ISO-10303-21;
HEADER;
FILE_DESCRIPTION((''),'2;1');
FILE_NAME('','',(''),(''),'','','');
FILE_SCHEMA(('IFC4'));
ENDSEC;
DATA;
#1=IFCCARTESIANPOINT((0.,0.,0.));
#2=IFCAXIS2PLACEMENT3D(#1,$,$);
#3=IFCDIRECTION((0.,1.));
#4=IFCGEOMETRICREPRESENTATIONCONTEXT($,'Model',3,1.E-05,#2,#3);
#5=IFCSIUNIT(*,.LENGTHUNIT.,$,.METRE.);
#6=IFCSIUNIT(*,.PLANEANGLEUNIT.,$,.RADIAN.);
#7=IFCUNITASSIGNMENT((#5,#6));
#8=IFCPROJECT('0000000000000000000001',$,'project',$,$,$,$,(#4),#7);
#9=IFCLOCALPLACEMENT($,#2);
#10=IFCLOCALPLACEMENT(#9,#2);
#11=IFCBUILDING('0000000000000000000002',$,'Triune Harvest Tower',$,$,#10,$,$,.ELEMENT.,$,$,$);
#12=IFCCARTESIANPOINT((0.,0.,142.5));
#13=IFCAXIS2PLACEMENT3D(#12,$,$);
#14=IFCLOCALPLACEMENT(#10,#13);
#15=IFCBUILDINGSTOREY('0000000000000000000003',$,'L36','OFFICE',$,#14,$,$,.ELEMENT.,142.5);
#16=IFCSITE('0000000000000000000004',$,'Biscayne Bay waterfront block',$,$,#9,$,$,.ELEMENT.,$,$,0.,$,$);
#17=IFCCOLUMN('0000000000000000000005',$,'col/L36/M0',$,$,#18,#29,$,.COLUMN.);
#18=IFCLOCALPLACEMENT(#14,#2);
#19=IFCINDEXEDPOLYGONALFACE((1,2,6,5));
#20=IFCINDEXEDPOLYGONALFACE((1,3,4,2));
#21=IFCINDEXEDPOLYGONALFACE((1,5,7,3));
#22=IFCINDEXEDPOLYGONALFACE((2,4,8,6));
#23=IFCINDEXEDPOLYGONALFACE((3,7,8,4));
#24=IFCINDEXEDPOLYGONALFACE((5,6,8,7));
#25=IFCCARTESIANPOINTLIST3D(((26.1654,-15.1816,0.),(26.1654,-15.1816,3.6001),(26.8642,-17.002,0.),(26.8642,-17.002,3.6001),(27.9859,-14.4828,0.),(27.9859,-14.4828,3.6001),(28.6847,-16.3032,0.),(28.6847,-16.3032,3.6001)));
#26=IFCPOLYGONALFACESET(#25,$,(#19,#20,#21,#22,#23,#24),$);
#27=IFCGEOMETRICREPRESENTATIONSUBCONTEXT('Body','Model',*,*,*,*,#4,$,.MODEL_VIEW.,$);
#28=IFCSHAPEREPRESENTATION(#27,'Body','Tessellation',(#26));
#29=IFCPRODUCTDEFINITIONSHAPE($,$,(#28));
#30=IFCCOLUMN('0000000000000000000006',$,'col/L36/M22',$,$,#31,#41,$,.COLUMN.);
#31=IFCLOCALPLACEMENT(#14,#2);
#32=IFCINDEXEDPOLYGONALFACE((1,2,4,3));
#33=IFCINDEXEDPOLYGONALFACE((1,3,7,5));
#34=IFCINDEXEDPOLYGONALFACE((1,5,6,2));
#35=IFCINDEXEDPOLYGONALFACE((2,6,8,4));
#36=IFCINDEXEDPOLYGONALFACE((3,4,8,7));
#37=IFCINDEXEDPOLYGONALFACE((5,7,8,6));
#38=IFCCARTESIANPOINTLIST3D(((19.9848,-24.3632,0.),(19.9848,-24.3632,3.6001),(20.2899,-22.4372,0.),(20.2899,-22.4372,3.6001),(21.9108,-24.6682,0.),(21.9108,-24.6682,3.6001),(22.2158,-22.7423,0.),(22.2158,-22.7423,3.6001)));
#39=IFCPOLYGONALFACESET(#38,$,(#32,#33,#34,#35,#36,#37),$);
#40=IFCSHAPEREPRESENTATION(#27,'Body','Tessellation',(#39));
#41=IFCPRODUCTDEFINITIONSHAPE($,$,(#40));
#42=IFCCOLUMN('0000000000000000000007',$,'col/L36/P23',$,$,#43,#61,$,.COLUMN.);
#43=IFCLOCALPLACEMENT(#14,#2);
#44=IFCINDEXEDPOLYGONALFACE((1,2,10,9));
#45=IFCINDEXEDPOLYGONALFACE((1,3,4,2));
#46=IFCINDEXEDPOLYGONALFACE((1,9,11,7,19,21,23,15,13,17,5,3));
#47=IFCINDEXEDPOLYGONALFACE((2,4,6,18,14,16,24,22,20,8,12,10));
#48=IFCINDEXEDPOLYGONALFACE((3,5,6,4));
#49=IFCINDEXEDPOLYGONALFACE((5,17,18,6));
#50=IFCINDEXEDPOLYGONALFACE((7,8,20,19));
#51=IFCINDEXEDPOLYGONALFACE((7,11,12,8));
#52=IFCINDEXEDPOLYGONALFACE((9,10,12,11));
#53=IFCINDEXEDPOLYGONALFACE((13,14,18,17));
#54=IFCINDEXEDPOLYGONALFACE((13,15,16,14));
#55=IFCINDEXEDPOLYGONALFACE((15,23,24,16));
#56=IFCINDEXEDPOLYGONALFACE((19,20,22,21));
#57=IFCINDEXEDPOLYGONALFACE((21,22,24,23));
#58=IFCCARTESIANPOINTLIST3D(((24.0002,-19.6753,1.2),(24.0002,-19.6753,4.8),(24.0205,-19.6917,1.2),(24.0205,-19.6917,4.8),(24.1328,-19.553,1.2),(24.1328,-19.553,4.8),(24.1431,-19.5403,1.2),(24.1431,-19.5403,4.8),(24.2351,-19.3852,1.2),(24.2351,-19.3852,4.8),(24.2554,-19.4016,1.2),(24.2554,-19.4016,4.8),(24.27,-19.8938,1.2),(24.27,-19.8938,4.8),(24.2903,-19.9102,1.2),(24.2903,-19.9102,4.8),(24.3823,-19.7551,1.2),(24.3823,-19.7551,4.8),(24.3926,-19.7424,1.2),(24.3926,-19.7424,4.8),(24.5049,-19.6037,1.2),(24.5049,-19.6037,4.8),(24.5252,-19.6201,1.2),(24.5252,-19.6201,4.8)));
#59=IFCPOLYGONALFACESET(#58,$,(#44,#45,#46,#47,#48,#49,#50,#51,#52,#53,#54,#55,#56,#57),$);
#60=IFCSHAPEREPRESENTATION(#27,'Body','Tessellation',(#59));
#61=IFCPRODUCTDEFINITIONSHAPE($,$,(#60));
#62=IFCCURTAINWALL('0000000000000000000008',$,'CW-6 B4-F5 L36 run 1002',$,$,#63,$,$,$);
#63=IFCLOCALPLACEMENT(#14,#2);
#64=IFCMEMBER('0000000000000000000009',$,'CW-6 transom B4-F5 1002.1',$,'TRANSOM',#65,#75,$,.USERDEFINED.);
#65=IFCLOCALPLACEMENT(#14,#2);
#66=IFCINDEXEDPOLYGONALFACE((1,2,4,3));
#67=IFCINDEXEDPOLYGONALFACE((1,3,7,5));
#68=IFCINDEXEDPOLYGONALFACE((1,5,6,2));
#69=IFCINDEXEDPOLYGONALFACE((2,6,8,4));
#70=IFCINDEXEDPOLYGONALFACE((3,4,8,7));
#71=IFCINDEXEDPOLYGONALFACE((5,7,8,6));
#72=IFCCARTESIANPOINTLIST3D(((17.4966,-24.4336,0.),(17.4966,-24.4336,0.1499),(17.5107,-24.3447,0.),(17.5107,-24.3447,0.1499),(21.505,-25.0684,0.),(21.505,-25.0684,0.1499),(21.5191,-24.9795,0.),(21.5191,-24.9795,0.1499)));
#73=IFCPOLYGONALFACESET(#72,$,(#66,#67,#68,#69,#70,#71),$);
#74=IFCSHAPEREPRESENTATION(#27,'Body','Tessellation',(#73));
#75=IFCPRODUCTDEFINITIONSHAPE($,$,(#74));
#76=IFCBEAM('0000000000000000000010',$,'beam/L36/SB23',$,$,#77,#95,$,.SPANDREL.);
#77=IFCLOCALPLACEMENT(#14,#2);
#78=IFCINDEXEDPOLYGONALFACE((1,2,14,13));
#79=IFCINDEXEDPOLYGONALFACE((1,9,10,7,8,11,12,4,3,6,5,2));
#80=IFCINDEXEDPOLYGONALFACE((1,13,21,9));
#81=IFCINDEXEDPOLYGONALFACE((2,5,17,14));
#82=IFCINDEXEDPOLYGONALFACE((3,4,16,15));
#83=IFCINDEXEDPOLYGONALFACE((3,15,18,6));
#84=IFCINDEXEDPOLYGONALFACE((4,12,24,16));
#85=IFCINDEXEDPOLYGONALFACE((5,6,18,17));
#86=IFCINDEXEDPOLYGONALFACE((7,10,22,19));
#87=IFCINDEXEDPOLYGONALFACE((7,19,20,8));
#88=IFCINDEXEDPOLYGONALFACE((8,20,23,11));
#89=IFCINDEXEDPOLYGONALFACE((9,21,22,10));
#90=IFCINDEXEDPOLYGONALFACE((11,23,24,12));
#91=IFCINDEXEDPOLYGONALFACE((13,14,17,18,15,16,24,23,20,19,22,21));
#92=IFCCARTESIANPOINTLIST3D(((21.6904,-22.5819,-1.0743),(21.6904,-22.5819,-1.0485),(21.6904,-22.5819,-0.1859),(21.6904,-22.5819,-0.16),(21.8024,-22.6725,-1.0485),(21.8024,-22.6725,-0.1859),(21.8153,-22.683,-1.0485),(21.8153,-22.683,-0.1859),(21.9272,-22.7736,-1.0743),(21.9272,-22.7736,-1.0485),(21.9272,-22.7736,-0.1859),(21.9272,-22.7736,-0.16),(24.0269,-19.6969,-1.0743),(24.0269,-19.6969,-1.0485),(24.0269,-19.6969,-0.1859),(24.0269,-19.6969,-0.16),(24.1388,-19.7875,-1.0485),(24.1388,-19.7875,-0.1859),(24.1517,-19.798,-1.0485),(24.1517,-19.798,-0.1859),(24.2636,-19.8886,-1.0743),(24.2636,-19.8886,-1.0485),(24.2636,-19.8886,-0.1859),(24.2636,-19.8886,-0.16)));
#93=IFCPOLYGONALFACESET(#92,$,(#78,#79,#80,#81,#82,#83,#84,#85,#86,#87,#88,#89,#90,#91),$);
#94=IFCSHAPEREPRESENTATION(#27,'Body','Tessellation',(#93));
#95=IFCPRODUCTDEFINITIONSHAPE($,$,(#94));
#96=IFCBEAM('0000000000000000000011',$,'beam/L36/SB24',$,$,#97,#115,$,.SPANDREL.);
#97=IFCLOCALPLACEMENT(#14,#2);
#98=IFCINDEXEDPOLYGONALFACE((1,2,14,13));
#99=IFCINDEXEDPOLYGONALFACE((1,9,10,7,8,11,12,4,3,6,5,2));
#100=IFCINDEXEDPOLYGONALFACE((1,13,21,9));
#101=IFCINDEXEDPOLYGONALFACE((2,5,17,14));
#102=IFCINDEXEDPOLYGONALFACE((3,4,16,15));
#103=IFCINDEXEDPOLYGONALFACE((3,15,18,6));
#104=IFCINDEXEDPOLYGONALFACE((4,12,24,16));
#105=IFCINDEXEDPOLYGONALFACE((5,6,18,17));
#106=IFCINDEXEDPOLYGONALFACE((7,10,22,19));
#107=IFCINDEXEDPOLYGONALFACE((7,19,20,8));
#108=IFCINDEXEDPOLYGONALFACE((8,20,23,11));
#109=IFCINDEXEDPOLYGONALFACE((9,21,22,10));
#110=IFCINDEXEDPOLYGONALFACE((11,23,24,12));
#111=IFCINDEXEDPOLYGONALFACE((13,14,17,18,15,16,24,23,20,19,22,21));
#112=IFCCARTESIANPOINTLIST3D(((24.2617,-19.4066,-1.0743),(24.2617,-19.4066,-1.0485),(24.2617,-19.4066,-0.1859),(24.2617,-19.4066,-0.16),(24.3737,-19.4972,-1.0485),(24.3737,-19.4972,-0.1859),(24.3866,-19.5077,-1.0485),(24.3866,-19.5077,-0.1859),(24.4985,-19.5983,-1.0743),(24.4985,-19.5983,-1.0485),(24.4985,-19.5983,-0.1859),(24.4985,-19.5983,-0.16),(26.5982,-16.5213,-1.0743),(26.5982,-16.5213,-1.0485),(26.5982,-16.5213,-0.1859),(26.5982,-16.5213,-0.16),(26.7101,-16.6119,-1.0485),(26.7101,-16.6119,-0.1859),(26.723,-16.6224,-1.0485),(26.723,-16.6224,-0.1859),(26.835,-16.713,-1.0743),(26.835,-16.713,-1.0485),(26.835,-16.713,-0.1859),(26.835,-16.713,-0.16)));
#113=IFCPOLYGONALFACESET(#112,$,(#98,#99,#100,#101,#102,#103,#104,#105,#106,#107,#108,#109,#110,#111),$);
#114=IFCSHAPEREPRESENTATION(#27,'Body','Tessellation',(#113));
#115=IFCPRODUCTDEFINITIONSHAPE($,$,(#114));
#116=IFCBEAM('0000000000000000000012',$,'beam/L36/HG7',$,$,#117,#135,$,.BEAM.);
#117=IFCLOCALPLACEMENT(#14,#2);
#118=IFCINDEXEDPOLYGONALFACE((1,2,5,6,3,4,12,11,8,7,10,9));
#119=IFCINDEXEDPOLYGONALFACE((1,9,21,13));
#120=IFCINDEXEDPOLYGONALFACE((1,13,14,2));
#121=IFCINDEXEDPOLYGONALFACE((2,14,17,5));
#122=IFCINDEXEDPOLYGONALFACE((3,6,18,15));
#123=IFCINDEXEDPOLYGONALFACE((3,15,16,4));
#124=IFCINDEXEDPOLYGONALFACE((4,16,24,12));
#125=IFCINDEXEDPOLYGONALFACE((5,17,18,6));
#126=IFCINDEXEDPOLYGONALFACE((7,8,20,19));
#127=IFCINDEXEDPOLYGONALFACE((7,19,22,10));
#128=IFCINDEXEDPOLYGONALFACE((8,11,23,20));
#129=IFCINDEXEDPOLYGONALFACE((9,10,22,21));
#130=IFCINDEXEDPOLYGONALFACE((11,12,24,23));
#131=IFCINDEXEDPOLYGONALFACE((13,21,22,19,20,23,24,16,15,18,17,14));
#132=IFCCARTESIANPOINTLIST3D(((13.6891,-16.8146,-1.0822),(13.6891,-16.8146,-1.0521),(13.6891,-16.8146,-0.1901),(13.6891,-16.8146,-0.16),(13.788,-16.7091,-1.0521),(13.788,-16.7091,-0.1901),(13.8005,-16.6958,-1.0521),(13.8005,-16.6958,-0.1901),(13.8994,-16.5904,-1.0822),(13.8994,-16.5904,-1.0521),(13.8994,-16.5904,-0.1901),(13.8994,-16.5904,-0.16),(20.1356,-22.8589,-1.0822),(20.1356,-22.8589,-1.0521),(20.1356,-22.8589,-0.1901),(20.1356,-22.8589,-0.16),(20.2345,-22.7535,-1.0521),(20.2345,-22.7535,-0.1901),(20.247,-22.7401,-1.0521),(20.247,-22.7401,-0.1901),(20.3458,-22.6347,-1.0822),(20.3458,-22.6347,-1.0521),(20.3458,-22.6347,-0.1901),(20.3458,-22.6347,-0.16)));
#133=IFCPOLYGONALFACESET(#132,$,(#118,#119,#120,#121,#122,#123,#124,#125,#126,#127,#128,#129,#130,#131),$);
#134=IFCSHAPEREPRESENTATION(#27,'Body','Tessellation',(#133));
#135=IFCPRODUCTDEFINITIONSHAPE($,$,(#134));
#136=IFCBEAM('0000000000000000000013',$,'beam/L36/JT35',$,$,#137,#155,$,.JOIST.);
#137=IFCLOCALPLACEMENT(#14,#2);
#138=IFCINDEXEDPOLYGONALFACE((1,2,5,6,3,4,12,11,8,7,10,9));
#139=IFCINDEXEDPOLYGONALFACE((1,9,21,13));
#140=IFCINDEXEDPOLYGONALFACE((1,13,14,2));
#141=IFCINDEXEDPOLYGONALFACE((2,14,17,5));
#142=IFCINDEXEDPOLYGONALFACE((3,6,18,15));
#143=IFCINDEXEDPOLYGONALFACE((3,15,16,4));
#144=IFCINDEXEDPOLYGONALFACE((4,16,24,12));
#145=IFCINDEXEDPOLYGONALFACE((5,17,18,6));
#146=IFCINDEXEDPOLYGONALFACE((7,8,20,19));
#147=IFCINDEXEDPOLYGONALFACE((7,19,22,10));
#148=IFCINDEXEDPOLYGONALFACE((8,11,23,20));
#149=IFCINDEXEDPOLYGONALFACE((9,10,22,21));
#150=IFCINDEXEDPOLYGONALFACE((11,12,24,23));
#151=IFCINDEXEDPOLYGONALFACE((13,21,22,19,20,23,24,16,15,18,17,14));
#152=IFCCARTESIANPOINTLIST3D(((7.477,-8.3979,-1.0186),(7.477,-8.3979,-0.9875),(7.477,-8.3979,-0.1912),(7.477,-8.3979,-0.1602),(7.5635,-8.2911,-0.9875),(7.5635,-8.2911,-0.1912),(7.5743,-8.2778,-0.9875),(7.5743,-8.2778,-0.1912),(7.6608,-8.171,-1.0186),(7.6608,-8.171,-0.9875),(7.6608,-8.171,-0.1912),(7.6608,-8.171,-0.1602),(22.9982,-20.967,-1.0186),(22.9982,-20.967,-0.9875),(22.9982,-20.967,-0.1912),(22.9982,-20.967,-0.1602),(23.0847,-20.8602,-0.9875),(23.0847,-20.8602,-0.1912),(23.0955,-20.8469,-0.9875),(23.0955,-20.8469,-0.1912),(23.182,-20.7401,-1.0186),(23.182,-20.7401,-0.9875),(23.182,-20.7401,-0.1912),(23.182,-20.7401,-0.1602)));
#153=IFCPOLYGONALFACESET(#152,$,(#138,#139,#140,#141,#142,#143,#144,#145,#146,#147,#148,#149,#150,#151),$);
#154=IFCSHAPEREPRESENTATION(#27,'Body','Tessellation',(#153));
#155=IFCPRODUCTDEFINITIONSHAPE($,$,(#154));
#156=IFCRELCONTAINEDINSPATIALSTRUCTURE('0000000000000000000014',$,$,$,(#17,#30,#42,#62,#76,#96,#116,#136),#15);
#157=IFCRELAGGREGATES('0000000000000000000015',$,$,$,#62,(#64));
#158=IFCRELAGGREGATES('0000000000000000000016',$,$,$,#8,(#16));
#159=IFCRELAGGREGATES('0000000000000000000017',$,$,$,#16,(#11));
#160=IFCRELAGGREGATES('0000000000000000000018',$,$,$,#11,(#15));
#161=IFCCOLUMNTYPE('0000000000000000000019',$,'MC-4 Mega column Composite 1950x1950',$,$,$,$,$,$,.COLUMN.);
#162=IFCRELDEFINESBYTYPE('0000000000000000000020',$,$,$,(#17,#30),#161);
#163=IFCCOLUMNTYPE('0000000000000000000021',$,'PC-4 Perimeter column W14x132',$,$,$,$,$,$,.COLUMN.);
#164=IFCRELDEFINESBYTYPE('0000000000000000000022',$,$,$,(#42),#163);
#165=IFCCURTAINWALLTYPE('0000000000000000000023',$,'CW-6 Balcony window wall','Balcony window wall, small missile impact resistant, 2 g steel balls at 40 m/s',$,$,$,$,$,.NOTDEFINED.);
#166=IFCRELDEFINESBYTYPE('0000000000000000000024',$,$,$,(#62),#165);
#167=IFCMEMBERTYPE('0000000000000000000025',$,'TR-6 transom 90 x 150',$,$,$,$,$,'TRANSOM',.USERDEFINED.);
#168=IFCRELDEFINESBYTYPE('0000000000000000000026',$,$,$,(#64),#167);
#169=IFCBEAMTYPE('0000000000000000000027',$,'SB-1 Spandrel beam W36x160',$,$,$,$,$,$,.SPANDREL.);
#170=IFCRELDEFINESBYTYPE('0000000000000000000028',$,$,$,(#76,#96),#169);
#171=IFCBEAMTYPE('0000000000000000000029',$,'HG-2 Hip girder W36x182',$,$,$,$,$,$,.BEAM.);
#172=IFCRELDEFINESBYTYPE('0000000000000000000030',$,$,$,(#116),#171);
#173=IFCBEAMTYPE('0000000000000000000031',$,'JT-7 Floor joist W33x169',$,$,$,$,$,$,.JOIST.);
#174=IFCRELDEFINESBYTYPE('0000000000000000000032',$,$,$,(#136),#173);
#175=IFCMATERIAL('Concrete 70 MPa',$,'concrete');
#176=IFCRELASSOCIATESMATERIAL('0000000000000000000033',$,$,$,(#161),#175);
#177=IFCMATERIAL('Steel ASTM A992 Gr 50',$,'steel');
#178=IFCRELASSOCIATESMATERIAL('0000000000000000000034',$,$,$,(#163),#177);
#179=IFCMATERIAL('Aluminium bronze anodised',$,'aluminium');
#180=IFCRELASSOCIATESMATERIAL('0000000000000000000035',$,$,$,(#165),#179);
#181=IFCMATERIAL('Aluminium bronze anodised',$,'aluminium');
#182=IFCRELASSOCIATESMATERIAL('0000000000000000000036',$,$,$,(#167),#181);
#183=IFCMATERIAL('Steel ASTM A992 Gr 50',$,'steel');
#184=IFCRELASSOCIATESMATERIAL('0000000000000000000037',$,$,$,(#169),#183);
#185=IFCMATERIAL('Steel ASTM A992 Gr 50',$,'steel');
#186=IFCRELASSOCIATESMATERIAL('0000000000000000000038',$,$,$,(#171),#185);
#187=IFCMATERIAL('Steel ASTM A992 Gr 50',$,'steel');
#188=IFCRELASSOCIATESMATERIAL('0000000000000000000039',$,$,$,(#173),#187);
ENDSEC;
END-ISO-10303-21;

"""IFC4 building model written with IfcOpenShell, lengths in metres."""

from ifc_helpers import new_model, si_unit, direction, frame, origin, origin_2d, place, context, subcontext, project, spatial, rectangle, i_section, extrude, source, transform, mapped, material, material_profile, profile_set, type_object, element, aggregate, save


model = new_model("IFC4")

# Units and contexts
model_context = context("Model", 3, precision=1e-05, world=origin(), true_north=direction((0.0, 1.0)))
body_context = subcontext(model_context, "Body", "Model", "MODEL_VIEW")
ifc_project = project(units=[si_unit("LENGTHUNIT", "METRE"), si_unit("PLANEANGLEUNIT", "RADIAN")], contexts=[model_context])

# Site, building, storey
site_placement = place(None, origin())
site = spatial("IfcSite", under=ifc_project, at=site_placement, Name="Biscayne Bay waterfront block", CompositionType="ELEMENT", RefElevation=0.0)
building_placement = place(site_placement, origin())
building = spatial("IfcBuilding", under=site, at=building_placement, Name="Triune Harvest Tower", CompositionType="ELEMENT")
storey_placement = place(building_placement, frame((0.0, 0.0, 142.5)))
storey = spatial("IfcBuildingStorey", under=building, at=storey_placement, Name="L36", Description="OFFICE", CompositionType="ELEMENT", Elevation=142.5)

# Columns
ifc_material_1 = material(Name="Concrete 70 MPa", Category="concrete")
ifc_material_profile_1 = material_profile(ifc_material_1, rectangle(XDim=1.95, YDim=1.95, at=origin_2d()), Name="Composite 1950x1950")
ifc_profile_set_1 = profile_set([ifc_material_profile_1], Name="Concrete 70 MPa")
column_type_1 = type_object("IfcColumnType", Name="MC-4 Mega column Composite 1950x1950", PredefinedType="COLUMN", material=ifc_profile_set_1)
shared_shape_1 = source(origin(), body_context, "Body", "SweptSolid", [
    extrude(rectangle(XDim=1.95, YDim=1.95, at=origin_2d()), origin(), (0.0, 0.0, 1.0), 3.6001),
])
for number, where, z_axis, x_axis, name in (
    (1, (27.425, -15.7424, 0.0), (0.0, 0.0, 1.0), (-0.358368, 0.93358, 0.0), "col/L36/M0"),
    (2, (21.1003, -23.5527, 0.0), (0.0, 0.0, 1.0), (0.987688, -0.156434, 0.0), "col/L36/M22"),
):
    element("IfcColumn", number, at=place(storey_placement, frame(where, z_axis=z_axis, x_axis=x_axis)), inside=storey, type_object=column_type_1, Name=name, PredefinedType="COLUMN", context=body_context, shape_type="MappedRepresentation", body=[
        mapped(shared_shape_1, transform((0.0, 0.0, 0.0), scale=1.0)),
    ])
ifc_material_2 = material(Name="Steel ASTM A992 Gr 50", Category="steel")
ifc_material_profile_2 = material_profile(ifc_material_2, i_section(OverallWidth=0.3733, OverallDepth=0.3733, WebThickness=0.0164, FlangeThickness=0.0261, at=origin_2d()), Name="W14x132")
ifc_profile_set_2 = profile_set([ifc_material_profile_2], Name="Steel ASTM A992 Gr 50")
column_type_2 = type_object("IfcColumnType", Name="PC-4 Perimeter column W14x132", PredefinedType="COLUMN", material=ifc_profile_set_2)
shared_shape_2 = source(origin(), body_context, "Body", "SweptSolid", [
    extrude(i_section(OverallWidth=0.3733, OverallDepth=0.3733, WebThickness=0.0164, FlangeThickness=0.0261, at=origin_2d()), origin(), (0.0, 0.0, 1.0), 3.6001),
])
column_placement = place(storey_placement, frame((24.2627, -19.6477, 1.2), z_axis=(0.0, 0.0, 1.0), x_axis=(0.629322, 0.777145, 0.0)))
element("IfcColumn", 3, at=column_placement, inside=storey, type_object=column_type_2, Name="col/L36/P23", PredefinedType="COLUMN", context=body_context, shape_type="MappedRepresentation", body=[
    mapped(shared_shape_2, transform((0.0, 0.0, 0.0), scale=1.0)),
])

# Curtain wall, member
ifc_material_3 = material(Name="Aluminium bronze anodised", Category="aluminium")
curtain_wall_type_1 = type_object("IfcCurtainWallType", Name="CW-6 Balcony window wall", Description="Balcony window wall, small missile impact resistant, 2 g steel balls at 40 m/s", PredefinedType="NOTDEFINED", material=ifc_material_3)
curtain_wall_1_placement = place(storey_placement, origin())
curtain_wall_1 = element("IfcCurtainWall", 4, at=curtain_wall_1_placement, inside=storey, type_object=curtain_wall_type_1, Name="CW-6 B4-F5 L36 run 1002")
ifc_material_4 = material(Name="Aluminium bronze anodised", Category="aluminium")
ifc_material_profile_3 = material_profile(ifc_material_4, rectangle(XDim=0.0901, YDim=0.1499, at=origin_2d()), Name="TR-6 transom 90 x 150")
ifc_profile_set_3 = profile_set([ifc_material_profile_3], Name="Aluminium bronze anodised")
member_type_1 = type_object("IfcMemberType", Name="TR-6 transom 90 x 150", ElementType="TRANSOM", PredefinedType="USERDEFINED", material=ifc_profile_set_3)
member_1_placement = place(storey_placement, frame((17.5037, -24.3892, 0.075), z_axis=(0.987692, -0.156414, 0.0), x_axis=(0.156414, 0.987692, 0.0)))
member_1 = element("IfcMember", 5, at=member_1_placement, type_object=member_type_1, Name="CW-6 transom B4-F5 1002.1", ObjectType="TRANSOM", PredefinedType="USERDEFINED", context=body_context, shape_type="SweptSolid", body=[
    extrude(rectangle(XDim=0.0901, YDim=0.1499, at=origin_2d()), origin(), (0.0, 0.0, 1.0), 4.0583),
])

# Beams
ifc_material_5 = material(Name="Steel ASTM A992 Gr 50", Category="steel")
ifc_material_profile_4 = material_profile(ifc_material_5, i_section(OverallWidth=0.3047, OverallDepth=0.9143, WebThickness=0.0166, FlangeThickness=0.0259, at=origin_2d()), Name="W36x160")
ifc_profile_set_4 = profile_set([ifc_material_profile_4], Name="Steel ASTM A992 Gr 50")
beam_type_1 = type_object("IfcBeamType", Name="SB-1 Spandrel beam W36x160", PredefinedType="SPANDREL", material=ifc_profile_set_4)
shared_shape_3 = source(origin(), body_context, "Body", "SweptSolid", [
    extrude(i_section(OverallWidth=0.3047, OverallDepth=0.9143, WebThickness=0.0166, FlangeThickness=0.0259, at=origin_2d()), origin(), (0.0, 0.0, 1.0), 3.7124),
])
beam_1_placement = place(storey_placement, frame((21.8088, -22.6777, -0.6172), z_axis=(0.629351, 0.777121, 0.0), x_axis=(-0.777121, 0.629351, 0.0)))
element("IfcBeam", 6, at=beam_1_placement, inside=storey, type_object=beam_type_1, Name="beam/L36/SB23", PredefinedType="SPANDREL", context=body_context, shape_type="MappedRepresentation", body=[
    mapped(shared_shape_3, transform((0.0, 0.0, 0.0), scale=1.0)),
])
shared_shape_4 = source(origin(), body_context, "Body", "SweptSolid", [
    extrude(i_section(OverallWidth=0.3047, OverallDepth=0.9143, WebThickness=0.0166, FlangeThickness=0.0259, at=origin_2d()), origin(), (0.0, 0.0, 1.0), 3.7126),
])
beam_2_placement = place(storey_placement, frame((24.3801, -19.5024, -0.6172), z_axis=(0.629319, 0.777147, 0.0), x_axis=(-0.777147, 0.629319, 0.0)))
element("IfcBeam", 7, at=beam_2_placement, inside=storey, type_object=beam_type_1, Name="beam/L36/SB24", PredefinedType="SPANDREL", context=body_context, shape_type="MappedRepresentation", body=[
    mapped(shared_shape_4, transform((0.0, 0.0, 0.0), scale=1.0)),
])
ifc_material_6 = material(Name="Steel ASTM A992 Gr 50", Category="steel")
ifc_material_profile_5 = material_profile(ifc_material_6, i_section(OverallWidth=0.3074, OverallDepth=0.9221, WebThickness=0.0183, FlangeThickness=0.03, at=origin_2d()), Name="W36x182")
ifc_profile_set_5 = profile_set([ifc_material_profile_5], Name="Steel ASTM A992 Gr 50")
beam_type_2 = type_object("IfcBeamType", Name="HG-2 Hip girder W36x182", PredefinedType="BEAM", material=ifc_profile_set_5)
shared_shape_5 = source(origin(), body_context, "Body", "SweptSolid", [
    extrude(i_section(OverallWidth=0.3074, OverallDepth=0.9221, WebThickness=0.0183, FlangeThickness=0.03, at=origin_2d()), origin(), (0.0, 0.0, 1.0), 8.8369),
])
beam_3_placement = place(storey_placement, frame((20.2407, -22.7468, -0.6211), z_axis=(-0.729492, 0.68399, 0.0), x_axis=(-0.68399, -0.729492, 0.0)))
element("IfcBeam", 8, at=beam_3_placement, inside=storey, type_object=beam_type_2, Name="beam/L36/HG7", PredefinedType="BEAM", context=body_context, shape_type="MappedRepresentation", body=[
    mapped(shared_shape_5, transform((0.0, 0.0, 0.0), scale=1.0)),
])
ifc_material_7 = material(Name="Steel ASTM A992 Gr 50", Category="steel")
ifc_material_profile_6 = material_profile(ifc_material_7, i_section(OverallWidth=0.292, OverallDepth=0.8584, WebThickness=0.0171, FlangeThickness=0.031, at=origin_2d()), Name="W33x169")
ifc_profile_set_6 = profile_set([ifc_material_profile_6], Name="Steel ASTM A992 Gr 50")
beam_type_3 = type_object("IfcBeamType", Name="JT-7 Floor joist W33x169", PredefinedType="JOIST", material=ifc_profile_set_6)
shared_shape_6 = source(origin(), body_context, "Body", "SweptSolid", [
    extrude(i_section(OverallWidth=0.292, OverallDepth=0.8584, WebThickness=0.0171, FlangeThickness=0.031, at=origin_2d()), origin(), (0.0, 0.0, 1.0), 19.9722),
])
beam_4_placement = place(storey_placement, frame((23.0901, -20.8535, -0.5894), z_axis=(-0.77714, 0.629328, 0.0), x_axis=(-0.629328, -0.77714, 0.0)))
element("IfcBeam", 9, at=beam_4_placement, inside=storey, type_object=beam_type_3, Name="beam/L36/JT35", PredefinedType="JOIST", context=body_context, shape_type="MappedRepresentation", body=[
    mapped(shared_shape_6, transform((0.0, 0.0, 0.0), scale=1.0)),
])

aggregate(curtain_wall_1, [member_1])

save(model, "model.ifc")
